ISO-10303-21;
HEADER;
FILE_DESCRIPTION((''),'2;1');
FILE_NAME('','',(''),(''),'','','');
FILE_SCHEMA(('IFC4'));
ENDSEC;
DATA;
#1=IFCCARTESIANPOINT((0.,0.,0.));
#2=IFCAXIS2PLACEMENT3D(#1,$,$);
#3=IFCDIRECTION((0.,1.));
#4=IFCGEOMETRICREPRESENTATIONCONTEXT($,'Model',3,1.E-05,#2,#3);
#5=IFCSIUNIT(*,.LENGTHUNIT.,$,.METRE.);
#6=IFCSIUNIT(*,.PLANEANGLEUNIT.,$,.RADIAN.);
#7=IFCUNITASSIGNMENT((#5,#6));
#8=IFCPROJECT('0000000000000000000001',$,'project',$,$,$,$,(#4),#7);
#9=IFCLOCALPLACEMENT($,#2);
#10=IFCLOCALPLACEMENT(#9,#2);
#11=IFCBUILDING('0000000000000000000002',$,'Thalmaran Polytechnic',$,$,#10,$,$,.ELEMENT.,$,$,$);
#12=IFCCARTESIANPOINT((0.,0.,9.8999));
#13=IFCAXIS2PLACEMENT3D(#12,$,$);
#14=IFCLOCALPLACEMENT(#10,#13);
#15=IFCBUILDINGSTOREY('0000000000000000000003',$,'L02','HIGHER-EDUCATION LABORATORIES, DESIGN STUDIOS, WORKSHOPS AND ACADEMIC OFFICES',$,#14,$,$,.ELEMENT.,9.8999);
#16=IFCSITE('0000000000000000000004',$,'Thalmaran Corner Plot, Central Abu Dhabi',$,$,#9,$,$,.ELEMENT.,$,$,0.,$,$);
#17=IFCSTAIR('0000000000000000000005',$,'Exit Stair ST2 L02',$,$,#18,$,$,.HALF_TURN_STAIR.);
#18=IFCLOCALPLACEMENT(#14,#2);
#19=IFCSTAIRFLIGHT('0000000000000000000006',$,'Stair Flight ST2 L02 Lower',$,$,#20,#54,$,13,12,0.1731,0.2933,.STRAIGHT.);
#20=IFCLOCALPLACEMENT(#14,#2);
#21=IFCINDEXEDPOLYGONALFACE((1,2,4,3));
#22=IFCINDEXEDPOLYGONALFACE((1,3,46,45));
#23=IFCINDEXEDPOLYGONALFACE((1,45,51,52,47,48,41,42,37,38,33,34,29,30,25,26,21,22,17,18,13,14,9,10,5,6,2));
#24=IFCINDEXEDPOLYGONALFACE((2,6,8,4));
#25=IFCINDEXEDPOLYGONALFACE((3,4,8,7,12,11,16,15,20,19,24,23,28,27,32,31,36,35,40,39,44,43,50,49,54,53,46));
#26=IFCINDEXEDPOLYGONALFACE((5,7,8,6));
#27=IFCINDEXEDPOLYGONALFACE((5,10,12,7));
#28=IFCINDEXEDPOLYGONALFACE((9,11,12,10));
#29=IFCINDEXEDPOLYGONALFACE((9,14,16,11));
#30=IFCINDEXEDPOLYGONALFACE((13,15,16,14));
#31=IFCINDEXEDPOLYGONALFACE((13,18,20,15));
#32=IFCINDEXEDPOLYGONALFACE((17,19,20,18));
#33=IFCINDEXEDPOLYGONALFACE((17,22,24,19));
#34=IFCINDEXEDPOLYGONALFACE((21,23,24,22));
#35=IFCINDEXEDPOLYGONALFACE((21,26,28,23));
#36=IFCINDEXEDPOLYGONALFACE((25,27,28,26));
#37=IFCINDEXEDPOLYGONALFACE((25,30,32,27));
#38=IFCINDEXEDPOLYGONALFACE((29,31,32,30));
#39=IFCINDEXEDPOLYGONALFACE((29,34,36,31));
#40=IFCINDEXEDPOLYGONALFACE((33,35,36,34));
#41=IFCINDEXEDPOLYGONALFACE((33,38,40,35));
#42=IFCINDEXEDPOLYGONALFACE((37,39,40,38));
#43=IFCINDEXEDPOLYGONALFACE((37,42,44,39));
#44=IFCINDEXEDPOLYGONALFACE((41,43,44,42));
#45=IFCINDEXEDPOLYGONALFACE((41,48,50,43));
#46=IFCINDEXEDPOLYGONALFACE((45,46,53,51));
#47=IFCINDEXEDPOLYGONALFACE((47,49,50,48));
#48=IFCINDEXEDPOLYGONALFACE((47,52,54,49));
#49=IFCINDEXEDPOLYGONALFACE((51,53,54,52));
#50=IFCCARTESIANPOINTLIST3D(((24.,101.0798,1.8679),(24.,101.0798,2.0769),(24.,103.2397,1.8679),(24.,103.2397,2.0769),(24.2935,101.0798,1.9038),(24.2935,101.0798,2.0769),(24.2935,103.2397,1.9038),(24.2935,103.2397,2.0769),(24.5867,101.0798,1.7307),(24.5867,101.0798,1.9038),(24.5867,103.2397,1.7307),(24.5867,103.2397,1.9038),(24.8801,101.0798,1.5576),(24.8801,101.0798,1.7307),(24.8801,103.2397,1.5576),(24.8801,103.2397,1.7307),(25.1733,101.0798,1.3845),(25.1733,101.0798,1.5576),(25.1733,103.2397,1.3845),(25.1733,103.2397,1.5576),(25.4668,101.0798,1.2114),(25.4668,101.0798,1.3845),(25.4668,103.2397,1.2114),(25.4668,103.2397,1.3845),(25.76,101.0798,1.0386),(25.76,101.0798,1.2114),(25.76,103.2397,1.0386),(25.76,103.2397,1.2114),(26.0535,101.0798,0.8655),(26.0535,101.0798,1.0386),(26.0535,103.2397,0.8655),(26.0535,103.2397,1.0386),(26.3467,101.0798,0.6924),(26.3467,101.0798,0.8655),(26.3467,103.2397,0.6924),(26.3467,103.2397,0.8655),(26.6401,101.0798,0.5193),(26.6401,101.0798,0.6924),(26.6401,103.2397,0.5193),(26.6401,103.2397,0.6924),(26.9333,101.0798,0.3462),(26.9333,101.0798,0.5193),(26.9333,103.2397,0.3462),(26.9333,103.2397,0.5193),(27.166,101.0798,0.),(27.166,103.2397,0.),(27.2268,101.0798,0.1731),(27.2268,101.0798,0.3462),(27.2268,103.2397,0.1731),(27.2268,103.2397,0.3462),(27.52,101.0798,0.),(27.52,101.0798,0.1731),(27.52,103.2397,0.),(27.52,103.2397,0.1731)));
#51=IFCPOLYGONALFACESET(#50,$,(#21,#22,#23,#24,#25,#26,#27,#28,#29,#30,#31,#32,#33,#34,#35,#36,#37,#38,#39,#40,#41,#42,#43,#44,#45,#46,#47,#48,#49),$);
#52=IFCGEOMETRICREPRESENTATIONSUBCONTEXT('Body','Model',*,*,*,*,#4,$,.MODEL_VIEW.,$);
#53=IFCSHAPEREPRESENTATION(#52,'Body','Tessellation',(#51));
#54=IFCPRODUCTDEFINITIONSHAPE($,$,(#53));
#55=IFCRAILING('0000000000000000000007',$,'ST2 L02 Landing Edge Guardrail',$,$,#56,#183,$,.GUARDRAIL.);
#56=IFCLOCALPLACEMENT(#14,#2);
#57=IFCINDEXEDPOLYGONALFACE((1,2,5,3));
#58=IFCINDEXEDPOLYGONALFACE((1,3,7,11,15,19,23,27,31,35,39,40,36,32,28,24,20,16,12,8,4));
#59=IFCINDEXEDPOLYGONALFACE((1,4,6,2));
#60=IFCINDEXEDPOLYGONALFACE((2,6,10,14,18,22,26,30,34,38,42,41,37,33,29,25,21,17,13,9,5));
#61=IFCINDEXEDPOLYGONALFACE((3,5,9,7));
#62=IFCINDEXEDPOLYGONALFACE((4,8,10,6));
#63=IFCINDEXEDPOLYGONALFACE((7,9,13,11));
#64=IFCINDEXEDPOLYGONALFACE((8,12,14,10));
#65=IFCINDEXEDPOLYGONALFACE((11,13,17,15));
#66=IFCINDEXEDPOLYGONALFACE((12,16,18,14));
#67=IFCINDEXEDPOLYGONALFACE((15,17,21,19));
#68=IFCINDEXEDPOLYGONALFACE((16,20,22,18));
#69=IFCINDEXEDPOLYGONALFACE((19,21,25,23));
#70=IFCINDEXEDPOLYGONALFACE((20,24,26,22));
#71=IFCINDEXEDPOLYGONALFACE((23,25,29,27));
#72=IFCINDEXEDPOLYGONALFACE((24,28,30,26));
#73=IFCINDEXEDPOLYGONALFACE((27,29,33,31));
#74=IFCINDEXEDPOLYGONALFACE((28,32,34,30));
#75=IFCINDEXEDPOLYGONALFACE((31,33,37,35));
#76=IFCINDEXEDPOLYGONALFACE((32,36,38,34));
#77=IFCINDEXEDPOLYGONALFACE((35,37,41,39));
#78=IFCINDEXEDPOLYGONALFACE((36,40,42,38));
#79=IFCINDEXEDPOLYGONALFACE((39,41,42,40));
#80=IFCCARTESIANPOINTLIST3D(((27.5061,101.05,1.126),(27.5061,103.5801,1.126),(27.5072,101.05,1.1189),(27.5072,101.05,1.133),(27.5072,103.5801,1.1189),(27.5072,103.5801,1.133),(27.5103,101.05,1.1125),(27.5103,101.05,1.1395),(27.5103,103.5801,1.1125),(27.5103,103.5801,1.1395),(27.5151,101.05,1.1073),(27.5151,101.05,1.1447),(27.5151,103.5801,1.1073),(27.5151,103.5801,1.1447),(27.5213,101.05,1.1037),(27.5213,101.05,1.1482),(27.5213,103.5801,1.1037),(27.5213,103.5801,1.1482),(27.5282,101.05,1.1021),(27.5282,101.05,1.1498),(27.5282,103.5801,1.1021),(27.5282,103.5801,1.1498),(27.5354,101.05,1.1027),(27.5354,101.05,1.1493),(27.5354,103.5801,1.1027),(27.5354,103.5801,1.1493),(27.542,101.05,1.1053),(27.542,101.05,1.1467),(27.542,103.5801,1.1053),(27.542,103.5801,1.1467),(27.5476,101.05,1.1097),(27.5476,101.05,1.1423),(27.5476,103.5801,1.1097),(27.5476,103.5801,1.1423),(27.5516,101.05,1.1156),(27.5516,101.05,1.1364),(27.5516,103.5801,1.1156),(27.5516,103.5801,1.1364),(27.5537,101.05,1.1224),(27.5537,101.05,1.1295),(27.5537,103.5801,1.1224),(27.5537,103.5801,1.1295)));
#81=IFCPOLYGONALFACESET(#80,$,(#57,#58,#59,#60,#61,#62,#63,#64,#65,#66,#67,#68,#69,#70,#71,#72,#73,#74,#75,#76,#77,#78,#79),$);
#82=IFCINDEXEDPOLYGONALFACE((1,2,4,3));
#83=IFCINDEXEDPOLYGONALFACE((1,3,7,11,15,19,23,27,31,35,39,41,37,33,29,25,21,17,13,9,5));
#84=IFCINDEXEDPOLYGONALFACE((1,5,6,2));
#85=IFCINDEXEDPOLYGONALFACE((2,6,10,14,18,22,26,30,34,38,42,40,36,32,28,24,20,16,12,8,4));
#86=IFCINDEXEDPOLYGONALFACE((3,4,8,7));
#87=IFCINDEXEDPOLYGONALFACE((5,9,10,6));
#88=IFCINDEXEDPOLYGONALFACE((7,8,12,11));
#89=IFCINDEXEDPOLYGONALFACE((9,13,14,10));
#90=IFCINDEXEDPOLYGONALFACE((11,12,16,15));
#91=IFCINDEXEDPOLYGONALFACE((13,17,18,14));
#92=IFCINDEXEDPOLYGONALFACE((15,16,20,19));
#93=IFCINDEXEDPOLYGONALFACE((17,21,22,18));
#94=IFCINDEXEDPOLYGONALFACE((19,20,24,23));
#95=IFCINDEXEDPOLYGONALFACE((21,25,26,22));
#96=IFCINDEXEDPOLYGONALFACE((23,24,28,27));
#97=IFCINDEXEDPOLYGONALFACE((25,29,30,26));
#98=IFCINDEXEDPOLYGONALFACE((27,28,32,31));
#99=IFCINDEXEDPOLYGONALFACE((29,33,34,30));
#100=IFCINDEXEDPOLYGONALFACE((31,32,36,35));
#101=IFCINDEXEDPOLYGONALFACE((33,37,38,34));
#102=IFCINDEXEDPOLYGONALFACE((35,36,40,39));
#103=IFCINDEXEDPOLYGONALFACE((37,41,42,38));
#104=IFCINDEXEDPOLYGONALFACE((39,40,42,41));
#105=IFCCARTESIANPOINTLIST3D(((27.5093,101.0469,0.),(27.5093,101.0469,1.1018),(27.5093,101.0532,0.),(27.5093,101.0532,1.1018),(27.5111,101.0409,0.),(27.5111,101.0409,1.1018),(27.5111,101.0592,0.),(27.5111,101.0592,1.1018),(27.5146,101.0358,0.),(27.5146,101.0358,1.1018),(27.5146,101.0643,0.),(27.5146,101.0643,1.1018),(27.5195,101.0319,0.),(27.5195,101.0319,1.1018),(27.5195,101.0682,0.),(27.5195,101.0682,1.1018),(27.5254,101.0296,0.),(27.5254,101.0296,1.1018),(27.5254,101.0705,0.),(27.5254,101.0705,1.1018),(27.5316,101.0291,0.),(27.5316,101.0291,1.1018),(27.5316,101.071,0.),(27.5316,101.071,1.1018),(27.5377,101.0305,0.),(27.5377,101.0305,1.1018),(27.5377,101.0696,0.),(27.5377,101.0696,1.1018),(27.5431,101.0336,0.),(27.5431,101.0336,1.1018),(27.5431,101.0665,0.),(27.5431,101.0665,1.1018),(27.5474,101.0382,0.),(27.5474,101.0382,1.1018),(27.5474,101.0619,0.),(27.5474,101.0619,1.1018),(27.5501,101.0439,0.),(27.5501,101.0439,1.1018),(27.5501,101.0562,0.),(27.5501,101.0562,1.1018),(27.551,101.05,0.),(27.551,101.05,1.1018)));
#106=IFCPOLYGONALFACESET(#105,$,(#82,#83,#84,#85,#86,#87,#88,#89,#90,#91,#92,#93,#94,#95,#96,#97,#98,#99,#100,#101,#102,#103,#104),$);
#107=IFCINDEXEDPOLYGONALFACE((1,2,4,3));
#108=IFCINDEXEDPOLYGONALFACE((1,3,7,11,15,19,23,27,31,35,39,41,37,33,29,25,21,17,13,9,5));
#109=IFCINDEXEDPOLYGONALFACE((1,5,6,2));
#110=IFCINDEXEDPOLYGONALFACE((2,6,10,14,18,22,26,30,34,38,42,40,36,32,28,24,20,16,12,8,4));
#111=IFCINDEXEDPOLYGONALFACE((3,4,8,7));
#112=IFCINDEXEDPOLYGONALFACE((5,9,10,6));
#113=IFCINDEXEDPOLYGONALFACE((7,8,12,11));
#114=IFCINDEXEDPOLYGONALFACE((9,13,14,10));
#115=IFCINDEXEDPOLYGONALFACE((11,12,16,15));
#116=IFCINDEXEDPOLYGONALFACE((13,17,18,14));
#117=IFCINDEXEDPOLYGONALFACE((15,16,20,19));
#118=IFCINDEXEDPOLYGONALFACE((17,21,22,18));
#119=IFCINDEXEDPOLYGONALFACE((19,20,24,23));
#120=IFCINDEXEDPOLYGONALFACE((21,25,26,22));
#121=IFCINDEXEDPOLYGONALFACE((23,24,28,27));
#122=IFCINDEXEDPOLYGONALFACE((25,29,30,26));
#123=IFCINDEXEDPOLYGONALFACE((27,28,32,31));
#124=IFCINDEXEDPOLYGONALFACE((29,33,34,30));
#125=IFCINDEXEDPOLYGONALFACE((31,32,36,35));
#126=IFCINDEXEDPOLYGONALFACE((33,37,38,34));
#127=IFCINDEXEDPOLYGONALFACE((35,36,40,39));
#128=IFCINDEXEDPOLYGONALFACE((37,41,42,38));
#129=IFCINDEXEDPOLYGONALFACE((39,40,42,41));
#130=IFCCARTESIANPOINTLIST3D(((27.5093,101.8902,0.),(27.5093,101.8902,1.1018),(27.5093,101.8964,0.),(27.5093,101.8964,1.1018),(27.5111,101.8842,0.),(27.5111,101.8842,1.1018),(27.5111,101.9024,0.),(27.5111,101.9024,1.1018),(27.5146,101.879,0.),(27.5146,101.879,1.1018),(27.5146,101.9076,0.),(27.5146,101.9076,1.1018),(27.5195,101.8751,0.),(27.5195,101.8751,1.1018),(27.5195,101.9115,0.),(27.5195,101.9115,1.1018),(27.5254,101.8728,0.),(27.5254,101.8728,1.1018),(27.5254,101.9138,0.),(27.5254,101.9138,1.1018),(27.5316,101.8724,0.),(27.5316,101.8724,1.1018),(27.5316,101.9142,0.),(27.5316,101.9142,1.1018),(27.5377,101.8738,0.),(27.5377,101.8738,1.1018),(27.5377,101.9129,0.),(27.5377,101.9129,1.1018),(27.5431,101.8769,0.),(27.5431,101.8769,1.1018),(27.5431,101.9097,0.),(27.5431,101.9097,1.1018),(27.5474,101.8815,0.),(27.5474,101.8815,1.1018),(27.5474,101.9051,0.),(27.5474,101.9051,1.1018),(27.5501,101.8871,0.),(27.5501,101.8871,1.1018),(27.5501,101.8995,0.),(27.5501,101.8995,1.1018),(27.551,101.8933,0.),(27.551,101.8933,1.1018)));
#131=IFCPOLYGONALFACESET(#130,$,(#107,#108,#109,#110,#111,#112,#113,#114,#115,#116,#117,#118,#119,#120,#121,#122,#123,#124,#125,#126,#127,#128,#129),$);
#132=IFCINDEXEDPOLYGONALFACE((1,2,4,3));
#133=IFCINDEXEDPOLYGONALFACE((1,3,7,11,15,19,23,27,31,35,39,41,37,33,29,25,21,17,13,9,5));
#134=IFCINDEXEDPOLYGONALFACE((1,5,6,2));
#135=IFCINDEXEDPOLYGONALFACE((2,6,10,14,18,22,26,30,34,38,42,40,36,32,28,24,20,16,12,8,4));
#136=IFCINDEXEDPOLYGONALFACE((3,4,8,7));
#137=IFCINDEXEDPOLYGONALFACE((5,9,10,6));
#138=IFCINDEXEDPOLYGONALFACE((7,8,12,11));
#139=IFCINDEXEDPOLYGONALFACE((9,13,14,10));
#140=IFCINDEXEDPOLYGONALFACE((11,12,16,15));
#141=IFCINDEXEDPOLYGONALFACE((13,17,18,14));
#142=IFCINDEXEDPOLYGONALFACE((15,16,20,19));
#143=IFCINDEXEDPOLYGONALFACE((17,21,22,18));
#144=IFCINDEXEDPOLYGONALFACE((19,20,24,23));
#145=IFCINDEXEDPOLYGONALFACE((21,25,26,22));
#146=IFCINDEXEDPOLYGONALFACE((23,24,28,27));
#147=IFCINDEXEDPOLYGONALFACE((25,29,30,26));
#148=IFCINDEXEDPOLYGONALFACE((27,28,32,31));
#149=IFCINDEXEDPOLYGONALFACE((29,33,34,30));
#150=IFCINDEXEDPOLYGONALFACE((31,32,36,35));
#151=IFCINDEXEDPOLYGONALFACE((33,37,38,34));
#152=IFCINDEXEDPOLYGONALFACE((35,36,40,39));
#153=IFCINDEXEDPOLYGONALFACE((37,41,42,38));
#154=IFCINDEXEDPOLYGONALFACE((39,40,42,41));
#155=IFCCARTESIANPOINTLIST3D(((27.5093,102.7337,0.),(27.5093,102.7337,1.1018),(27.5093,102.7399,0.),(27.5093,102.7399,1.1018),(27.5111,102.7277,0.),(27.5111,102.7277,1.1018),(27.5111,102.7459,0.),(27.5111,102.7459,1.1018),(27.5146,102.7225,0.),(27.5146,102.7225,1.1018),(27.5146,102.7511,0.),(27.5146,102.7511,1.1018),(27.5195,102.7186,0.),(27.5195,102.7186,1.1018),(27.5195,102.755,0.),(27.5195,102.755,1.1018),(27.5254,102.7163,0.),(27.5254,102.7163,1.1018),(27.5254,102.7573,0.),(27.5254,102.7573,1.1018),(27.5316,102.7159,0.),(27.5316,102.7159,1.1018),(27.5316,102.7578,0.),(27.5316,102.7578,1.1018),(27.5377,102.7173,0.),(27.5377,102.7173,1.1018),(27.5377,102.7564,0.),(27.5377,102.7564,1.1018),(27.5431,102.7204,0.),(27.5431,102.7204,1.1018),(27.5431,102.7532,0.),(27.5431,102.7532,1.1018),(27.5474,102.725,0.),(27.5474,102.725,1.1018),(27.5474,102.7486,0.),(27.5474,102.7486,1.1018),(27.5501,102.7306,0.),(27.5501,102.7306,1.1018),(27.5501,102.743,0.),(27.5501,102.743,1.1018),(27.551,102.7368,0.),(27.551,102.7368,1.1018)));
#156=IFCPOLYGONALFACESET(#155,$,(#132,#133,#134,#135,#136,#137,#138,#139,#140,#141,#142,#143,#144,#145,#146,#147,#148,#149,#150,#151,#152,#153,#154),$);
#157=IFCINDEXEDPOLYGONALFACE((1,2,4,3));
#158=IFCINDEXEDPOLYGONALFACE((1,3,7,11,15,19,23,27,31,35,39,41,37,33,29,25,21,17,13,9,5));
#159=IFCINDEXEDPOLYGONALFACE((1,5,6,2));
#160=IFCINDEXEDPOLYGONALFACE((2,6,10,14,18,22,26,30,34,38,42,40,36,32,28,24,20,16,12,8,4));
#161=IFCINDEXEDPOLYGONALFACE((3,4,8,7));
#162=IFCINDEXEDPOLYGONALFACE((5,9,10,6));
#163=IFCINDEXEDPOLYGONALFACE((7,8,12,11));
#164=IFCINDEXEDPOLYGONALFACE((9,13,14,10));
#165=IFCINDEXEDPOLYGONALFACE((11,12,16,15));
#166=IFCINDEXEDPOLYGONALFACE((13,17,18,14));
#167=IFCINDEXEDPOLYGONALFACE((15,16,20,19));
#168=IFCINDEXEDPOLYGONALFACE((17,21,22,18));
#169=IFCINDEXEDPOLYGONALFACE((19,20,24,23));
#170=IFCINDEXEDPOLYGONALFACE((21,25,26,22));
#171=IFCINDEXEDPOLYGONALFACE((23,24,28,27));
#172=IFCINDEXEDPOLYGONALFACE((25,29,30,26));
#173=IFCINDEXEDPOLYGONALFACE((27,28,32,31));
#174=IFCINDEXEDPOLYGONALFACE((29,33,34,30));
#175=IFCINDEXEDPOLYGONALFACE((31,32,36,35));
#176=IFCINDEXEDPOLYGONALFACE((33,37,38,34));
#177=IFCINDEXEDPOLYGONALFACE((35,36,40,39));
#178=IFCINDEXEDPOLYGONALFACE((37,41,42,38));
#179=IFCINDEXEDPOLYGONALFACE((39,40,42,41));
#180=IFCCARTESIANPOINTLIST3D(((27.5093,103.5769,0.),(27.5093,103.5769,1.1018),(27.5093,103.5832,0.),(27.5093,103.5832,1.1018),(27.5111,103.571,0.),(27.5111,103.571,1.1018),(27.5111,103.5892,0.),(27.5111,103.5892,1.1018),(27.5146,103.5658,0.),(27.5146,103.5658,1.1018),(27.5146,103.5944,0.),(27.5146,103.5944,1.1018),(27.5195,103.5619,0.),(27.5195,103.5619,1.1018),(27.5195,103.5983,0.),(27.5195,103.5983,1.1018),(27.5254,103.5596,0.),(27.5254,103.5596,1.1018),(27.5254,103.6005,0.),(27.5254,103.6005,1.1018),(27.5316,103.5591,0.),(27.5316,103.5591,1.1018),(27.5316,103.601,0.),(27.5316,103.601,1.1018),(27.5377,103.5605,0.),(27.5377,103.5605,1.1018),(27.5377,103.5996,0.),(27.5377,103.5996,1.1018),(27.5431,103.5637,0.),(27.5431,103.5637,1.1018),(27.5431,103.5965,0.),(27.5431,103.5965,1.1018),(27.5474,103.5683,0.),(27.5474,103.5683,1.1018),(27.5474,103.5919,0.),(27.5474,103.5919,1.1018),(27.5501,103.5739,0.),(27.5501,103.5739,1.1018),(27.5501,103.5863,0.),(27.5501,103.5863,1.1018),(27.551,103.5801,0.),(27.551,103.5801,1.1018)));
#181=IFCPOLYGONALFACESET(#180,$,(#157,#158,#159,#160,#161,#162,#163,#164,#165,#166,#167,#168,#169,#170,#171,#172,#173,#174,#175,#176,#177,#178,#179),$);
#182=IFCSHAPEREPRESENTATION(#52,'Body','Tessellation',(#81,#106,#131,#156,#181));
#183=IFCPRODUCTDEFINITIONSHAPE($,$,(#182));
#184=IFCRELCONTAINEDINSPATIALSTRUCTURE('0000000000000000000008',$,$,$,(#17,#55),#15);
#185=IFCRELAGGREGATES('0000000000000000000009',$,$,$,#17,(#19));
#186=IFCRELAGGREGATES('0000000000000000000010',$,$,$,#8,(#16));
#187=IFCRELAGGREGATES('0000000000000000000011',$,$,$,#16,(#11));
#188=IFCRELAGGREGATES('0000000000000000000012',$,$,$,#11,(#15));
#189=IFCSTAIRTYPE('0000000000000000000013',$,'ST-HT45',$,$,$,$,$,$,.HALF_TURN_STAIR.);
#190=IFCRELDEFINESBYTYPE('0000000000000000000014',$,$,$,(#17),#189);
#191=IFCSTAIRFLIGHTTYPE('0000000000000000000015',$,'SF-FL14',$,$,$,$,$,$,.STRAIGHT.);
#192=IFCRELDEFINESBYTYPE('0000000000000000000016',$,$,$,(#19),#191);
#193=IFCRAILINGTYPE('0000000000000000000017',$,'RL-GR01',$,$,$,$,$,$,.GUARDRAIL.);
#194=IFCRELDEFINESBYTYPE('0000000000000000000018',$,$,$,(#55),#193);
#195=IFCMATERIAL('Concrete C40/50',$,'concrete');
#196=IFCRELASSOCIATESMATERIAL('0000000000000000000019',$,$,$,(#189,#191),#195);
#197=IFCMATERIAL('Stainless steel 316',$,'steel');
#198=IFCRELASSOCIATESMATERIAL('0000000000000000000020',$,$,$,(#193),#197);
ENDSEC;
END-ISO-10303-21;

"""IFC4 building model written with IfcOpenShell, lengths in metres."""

from ifc_helpers import new_model, si_unit, direction, frame, origin, origin_2d, place, context, subcontext, project, spatial, polyline, circle, outline, extrude, material, type_object, element, aggregate, save


model = new_model("IFC4")

# Units and contexts
model_context = context("Model", 3, precision=1e-05, world=origin(), true_north=direction((0.0, 1.0)))
body_context = subcontext(model_context, "Body", "Model", "MODEL_VIEW")
ifc_project = project(units=[si_unit("LENGTHUNIT", "METRE"), si_unit("PLANEANGLEUNIT", "RADIAN")], contexts=[model_context])

# Site, building, storey
site_placement = place(None, origin())
site = spatial("IfcSite", under=ifc_project, at=site_placement, Name="Thalmaran Corner Plot, Central Abu Dhabi", CompositionType="ELEMENT", RefElevation=0.0)
building_placement = place(site_placement, origin())
building = spatial("IfcBuilding", under=site, at=building_placement, Name="Thalmaran Polytechnic", CompositionType="ELEMENT")
storey_placement = place(building_placement, frame((0.0, 0.0, 9.8999)))
storey = spatial("IfcBuildingStorey", under=building, at=storey_placement, Name="L02", Description="HIGHER-EDUCATION LABORATORIES, DESIGN STUDIOS, WORKSHOPS AND ACADEMIC OFFICES", CompositionType="ELEMENT", Elevation=9.8999)

# Shared definitions
ifc_material_1 = material(Name="Concrete C40/50", Category="concrete")

# Stair, stair flight
stair_type = type_object("IfcStairType", Name="ST-HT45", PredefinedType="HALF_TURN_STAIR", material=ifc_material_1)
stair_placement = place(storey_placement, origin())
stair = element("IfcStair", 1, at=stair_placement, inside=storey, type_object=stair_type, Name="Exit Stair ST2 L02", PredefinedType="HALF_TURN_STAIR")
stair_flight_type = type_object("IfcStairFlightType", Name="SF-FL14", PredefinedType="STRAIGHT", material=ifc_material_1)
stair_flight_placement = place(storey_placement, frame((27.52, 102.1599, 0.0), z_axis=(0.0, 0.0, 1.0), x_axis=(-1.0, 0.0, 0.0)))
stair_flight = element("IfcStairFlight", 2, at=stair_flight_placement, type_object=stair_flight_type, Name="Stair Flight ST2 L02 Lower", NumberOfRisers=13, NumberOfTreads=12, PredefinedType="STRAIGHT", RiserHeight=0.1731, TreadLength=0.2933, context=body_context, shape_type="SweptSolid", body=[
    extrude(outline(polyline([(0.0, 0.0), (0.0, 0.1731), (0.2932, 0.1731), (0.2932, 0.3462), (0.5867, 0.3462), (0.5867, 0.5193), (0.8799, 0.5193), (0.8799, 0.6924), (1.1733, 0.6924), (1.1733, 0.8655), (1.4666, 0.8655), (1.4666, 1.0386), (1.76, 1.0386), (1.76, 1.2114), (2.0532, 1.2114), (2.0532, 1.3845), (2.3467, 1.3845), (2.3467, 1.5576), (2.6399, 1.5576), (2.6399, 1.7307), (2.9333, 1.7307), (2.9333, 1.9038), (3.2266, 1.9038), (3.2266, 2.0769), (3.52, 2.0769), (3.52, 2.25), (3.52, 1.8679), (0.354, 0.0), (0.0, 0.0)])), frame((0.0, 1.0801, 0.0), z_axis=(0.0, -1.0, 0.0), x_axis=(1.0, 0.0, 0.0)), (0.0, 0.0, 1.0), 2.1599),
])
aggregate(stair, [stair_flight])

# Railing
ifc_material_2 = material(Name="Stainless steel 316", Category="steel")
railing_type_1 = type_object("IfcRailingType", Name="RL-GR01", PredefinedType="GUARDRAIL", material=ifc_material_2)
railing_1_placement = place(storey_placement, frame((27.53, 101.05, 0.0)))
element("IfcRailing", 3, at=railing_1_placement, inside=storey, type_object=railing_type_1, Name="ST2 L02 Landing Edge Guardrail", PredefinedType="GUARDRAIL", context=body_context, shape_type="SweptSolid", body=[
    extrude(circle(Radius=0.0239, at=origin_2d()), frame((0.0, 0.0, 1.126), z_axis=(0.0, 1.0, 0.0), x_axis=(-1.0, 0.0, 0.0)), (0.0, 0.0, 1.0), 2.53),
    extrude(circle(Radius=0.021, at=origin_2d()), origin(), (0.0, 0.0, 1.0), 1.1018),
    extrude(circle(Radius=0.021, at=origin_2d()), frame((0.0, 0.8433, 0.0)), (0.0, 0.0, 1.0), 1.1018),
    extrude(circle(Radius=0.021, at=origin_2d()), frame((0.0, 1.6868, 0.0)), (0.0, 0.0, 1.0), 1.1018),
    extrude(circle(Radius=0.021, at=origin_2d()), frame((0.0, 2.53, 0.0)), (0.0, 0.0, 1.0), 1.1018),
])

save(model, "model.ifc")
